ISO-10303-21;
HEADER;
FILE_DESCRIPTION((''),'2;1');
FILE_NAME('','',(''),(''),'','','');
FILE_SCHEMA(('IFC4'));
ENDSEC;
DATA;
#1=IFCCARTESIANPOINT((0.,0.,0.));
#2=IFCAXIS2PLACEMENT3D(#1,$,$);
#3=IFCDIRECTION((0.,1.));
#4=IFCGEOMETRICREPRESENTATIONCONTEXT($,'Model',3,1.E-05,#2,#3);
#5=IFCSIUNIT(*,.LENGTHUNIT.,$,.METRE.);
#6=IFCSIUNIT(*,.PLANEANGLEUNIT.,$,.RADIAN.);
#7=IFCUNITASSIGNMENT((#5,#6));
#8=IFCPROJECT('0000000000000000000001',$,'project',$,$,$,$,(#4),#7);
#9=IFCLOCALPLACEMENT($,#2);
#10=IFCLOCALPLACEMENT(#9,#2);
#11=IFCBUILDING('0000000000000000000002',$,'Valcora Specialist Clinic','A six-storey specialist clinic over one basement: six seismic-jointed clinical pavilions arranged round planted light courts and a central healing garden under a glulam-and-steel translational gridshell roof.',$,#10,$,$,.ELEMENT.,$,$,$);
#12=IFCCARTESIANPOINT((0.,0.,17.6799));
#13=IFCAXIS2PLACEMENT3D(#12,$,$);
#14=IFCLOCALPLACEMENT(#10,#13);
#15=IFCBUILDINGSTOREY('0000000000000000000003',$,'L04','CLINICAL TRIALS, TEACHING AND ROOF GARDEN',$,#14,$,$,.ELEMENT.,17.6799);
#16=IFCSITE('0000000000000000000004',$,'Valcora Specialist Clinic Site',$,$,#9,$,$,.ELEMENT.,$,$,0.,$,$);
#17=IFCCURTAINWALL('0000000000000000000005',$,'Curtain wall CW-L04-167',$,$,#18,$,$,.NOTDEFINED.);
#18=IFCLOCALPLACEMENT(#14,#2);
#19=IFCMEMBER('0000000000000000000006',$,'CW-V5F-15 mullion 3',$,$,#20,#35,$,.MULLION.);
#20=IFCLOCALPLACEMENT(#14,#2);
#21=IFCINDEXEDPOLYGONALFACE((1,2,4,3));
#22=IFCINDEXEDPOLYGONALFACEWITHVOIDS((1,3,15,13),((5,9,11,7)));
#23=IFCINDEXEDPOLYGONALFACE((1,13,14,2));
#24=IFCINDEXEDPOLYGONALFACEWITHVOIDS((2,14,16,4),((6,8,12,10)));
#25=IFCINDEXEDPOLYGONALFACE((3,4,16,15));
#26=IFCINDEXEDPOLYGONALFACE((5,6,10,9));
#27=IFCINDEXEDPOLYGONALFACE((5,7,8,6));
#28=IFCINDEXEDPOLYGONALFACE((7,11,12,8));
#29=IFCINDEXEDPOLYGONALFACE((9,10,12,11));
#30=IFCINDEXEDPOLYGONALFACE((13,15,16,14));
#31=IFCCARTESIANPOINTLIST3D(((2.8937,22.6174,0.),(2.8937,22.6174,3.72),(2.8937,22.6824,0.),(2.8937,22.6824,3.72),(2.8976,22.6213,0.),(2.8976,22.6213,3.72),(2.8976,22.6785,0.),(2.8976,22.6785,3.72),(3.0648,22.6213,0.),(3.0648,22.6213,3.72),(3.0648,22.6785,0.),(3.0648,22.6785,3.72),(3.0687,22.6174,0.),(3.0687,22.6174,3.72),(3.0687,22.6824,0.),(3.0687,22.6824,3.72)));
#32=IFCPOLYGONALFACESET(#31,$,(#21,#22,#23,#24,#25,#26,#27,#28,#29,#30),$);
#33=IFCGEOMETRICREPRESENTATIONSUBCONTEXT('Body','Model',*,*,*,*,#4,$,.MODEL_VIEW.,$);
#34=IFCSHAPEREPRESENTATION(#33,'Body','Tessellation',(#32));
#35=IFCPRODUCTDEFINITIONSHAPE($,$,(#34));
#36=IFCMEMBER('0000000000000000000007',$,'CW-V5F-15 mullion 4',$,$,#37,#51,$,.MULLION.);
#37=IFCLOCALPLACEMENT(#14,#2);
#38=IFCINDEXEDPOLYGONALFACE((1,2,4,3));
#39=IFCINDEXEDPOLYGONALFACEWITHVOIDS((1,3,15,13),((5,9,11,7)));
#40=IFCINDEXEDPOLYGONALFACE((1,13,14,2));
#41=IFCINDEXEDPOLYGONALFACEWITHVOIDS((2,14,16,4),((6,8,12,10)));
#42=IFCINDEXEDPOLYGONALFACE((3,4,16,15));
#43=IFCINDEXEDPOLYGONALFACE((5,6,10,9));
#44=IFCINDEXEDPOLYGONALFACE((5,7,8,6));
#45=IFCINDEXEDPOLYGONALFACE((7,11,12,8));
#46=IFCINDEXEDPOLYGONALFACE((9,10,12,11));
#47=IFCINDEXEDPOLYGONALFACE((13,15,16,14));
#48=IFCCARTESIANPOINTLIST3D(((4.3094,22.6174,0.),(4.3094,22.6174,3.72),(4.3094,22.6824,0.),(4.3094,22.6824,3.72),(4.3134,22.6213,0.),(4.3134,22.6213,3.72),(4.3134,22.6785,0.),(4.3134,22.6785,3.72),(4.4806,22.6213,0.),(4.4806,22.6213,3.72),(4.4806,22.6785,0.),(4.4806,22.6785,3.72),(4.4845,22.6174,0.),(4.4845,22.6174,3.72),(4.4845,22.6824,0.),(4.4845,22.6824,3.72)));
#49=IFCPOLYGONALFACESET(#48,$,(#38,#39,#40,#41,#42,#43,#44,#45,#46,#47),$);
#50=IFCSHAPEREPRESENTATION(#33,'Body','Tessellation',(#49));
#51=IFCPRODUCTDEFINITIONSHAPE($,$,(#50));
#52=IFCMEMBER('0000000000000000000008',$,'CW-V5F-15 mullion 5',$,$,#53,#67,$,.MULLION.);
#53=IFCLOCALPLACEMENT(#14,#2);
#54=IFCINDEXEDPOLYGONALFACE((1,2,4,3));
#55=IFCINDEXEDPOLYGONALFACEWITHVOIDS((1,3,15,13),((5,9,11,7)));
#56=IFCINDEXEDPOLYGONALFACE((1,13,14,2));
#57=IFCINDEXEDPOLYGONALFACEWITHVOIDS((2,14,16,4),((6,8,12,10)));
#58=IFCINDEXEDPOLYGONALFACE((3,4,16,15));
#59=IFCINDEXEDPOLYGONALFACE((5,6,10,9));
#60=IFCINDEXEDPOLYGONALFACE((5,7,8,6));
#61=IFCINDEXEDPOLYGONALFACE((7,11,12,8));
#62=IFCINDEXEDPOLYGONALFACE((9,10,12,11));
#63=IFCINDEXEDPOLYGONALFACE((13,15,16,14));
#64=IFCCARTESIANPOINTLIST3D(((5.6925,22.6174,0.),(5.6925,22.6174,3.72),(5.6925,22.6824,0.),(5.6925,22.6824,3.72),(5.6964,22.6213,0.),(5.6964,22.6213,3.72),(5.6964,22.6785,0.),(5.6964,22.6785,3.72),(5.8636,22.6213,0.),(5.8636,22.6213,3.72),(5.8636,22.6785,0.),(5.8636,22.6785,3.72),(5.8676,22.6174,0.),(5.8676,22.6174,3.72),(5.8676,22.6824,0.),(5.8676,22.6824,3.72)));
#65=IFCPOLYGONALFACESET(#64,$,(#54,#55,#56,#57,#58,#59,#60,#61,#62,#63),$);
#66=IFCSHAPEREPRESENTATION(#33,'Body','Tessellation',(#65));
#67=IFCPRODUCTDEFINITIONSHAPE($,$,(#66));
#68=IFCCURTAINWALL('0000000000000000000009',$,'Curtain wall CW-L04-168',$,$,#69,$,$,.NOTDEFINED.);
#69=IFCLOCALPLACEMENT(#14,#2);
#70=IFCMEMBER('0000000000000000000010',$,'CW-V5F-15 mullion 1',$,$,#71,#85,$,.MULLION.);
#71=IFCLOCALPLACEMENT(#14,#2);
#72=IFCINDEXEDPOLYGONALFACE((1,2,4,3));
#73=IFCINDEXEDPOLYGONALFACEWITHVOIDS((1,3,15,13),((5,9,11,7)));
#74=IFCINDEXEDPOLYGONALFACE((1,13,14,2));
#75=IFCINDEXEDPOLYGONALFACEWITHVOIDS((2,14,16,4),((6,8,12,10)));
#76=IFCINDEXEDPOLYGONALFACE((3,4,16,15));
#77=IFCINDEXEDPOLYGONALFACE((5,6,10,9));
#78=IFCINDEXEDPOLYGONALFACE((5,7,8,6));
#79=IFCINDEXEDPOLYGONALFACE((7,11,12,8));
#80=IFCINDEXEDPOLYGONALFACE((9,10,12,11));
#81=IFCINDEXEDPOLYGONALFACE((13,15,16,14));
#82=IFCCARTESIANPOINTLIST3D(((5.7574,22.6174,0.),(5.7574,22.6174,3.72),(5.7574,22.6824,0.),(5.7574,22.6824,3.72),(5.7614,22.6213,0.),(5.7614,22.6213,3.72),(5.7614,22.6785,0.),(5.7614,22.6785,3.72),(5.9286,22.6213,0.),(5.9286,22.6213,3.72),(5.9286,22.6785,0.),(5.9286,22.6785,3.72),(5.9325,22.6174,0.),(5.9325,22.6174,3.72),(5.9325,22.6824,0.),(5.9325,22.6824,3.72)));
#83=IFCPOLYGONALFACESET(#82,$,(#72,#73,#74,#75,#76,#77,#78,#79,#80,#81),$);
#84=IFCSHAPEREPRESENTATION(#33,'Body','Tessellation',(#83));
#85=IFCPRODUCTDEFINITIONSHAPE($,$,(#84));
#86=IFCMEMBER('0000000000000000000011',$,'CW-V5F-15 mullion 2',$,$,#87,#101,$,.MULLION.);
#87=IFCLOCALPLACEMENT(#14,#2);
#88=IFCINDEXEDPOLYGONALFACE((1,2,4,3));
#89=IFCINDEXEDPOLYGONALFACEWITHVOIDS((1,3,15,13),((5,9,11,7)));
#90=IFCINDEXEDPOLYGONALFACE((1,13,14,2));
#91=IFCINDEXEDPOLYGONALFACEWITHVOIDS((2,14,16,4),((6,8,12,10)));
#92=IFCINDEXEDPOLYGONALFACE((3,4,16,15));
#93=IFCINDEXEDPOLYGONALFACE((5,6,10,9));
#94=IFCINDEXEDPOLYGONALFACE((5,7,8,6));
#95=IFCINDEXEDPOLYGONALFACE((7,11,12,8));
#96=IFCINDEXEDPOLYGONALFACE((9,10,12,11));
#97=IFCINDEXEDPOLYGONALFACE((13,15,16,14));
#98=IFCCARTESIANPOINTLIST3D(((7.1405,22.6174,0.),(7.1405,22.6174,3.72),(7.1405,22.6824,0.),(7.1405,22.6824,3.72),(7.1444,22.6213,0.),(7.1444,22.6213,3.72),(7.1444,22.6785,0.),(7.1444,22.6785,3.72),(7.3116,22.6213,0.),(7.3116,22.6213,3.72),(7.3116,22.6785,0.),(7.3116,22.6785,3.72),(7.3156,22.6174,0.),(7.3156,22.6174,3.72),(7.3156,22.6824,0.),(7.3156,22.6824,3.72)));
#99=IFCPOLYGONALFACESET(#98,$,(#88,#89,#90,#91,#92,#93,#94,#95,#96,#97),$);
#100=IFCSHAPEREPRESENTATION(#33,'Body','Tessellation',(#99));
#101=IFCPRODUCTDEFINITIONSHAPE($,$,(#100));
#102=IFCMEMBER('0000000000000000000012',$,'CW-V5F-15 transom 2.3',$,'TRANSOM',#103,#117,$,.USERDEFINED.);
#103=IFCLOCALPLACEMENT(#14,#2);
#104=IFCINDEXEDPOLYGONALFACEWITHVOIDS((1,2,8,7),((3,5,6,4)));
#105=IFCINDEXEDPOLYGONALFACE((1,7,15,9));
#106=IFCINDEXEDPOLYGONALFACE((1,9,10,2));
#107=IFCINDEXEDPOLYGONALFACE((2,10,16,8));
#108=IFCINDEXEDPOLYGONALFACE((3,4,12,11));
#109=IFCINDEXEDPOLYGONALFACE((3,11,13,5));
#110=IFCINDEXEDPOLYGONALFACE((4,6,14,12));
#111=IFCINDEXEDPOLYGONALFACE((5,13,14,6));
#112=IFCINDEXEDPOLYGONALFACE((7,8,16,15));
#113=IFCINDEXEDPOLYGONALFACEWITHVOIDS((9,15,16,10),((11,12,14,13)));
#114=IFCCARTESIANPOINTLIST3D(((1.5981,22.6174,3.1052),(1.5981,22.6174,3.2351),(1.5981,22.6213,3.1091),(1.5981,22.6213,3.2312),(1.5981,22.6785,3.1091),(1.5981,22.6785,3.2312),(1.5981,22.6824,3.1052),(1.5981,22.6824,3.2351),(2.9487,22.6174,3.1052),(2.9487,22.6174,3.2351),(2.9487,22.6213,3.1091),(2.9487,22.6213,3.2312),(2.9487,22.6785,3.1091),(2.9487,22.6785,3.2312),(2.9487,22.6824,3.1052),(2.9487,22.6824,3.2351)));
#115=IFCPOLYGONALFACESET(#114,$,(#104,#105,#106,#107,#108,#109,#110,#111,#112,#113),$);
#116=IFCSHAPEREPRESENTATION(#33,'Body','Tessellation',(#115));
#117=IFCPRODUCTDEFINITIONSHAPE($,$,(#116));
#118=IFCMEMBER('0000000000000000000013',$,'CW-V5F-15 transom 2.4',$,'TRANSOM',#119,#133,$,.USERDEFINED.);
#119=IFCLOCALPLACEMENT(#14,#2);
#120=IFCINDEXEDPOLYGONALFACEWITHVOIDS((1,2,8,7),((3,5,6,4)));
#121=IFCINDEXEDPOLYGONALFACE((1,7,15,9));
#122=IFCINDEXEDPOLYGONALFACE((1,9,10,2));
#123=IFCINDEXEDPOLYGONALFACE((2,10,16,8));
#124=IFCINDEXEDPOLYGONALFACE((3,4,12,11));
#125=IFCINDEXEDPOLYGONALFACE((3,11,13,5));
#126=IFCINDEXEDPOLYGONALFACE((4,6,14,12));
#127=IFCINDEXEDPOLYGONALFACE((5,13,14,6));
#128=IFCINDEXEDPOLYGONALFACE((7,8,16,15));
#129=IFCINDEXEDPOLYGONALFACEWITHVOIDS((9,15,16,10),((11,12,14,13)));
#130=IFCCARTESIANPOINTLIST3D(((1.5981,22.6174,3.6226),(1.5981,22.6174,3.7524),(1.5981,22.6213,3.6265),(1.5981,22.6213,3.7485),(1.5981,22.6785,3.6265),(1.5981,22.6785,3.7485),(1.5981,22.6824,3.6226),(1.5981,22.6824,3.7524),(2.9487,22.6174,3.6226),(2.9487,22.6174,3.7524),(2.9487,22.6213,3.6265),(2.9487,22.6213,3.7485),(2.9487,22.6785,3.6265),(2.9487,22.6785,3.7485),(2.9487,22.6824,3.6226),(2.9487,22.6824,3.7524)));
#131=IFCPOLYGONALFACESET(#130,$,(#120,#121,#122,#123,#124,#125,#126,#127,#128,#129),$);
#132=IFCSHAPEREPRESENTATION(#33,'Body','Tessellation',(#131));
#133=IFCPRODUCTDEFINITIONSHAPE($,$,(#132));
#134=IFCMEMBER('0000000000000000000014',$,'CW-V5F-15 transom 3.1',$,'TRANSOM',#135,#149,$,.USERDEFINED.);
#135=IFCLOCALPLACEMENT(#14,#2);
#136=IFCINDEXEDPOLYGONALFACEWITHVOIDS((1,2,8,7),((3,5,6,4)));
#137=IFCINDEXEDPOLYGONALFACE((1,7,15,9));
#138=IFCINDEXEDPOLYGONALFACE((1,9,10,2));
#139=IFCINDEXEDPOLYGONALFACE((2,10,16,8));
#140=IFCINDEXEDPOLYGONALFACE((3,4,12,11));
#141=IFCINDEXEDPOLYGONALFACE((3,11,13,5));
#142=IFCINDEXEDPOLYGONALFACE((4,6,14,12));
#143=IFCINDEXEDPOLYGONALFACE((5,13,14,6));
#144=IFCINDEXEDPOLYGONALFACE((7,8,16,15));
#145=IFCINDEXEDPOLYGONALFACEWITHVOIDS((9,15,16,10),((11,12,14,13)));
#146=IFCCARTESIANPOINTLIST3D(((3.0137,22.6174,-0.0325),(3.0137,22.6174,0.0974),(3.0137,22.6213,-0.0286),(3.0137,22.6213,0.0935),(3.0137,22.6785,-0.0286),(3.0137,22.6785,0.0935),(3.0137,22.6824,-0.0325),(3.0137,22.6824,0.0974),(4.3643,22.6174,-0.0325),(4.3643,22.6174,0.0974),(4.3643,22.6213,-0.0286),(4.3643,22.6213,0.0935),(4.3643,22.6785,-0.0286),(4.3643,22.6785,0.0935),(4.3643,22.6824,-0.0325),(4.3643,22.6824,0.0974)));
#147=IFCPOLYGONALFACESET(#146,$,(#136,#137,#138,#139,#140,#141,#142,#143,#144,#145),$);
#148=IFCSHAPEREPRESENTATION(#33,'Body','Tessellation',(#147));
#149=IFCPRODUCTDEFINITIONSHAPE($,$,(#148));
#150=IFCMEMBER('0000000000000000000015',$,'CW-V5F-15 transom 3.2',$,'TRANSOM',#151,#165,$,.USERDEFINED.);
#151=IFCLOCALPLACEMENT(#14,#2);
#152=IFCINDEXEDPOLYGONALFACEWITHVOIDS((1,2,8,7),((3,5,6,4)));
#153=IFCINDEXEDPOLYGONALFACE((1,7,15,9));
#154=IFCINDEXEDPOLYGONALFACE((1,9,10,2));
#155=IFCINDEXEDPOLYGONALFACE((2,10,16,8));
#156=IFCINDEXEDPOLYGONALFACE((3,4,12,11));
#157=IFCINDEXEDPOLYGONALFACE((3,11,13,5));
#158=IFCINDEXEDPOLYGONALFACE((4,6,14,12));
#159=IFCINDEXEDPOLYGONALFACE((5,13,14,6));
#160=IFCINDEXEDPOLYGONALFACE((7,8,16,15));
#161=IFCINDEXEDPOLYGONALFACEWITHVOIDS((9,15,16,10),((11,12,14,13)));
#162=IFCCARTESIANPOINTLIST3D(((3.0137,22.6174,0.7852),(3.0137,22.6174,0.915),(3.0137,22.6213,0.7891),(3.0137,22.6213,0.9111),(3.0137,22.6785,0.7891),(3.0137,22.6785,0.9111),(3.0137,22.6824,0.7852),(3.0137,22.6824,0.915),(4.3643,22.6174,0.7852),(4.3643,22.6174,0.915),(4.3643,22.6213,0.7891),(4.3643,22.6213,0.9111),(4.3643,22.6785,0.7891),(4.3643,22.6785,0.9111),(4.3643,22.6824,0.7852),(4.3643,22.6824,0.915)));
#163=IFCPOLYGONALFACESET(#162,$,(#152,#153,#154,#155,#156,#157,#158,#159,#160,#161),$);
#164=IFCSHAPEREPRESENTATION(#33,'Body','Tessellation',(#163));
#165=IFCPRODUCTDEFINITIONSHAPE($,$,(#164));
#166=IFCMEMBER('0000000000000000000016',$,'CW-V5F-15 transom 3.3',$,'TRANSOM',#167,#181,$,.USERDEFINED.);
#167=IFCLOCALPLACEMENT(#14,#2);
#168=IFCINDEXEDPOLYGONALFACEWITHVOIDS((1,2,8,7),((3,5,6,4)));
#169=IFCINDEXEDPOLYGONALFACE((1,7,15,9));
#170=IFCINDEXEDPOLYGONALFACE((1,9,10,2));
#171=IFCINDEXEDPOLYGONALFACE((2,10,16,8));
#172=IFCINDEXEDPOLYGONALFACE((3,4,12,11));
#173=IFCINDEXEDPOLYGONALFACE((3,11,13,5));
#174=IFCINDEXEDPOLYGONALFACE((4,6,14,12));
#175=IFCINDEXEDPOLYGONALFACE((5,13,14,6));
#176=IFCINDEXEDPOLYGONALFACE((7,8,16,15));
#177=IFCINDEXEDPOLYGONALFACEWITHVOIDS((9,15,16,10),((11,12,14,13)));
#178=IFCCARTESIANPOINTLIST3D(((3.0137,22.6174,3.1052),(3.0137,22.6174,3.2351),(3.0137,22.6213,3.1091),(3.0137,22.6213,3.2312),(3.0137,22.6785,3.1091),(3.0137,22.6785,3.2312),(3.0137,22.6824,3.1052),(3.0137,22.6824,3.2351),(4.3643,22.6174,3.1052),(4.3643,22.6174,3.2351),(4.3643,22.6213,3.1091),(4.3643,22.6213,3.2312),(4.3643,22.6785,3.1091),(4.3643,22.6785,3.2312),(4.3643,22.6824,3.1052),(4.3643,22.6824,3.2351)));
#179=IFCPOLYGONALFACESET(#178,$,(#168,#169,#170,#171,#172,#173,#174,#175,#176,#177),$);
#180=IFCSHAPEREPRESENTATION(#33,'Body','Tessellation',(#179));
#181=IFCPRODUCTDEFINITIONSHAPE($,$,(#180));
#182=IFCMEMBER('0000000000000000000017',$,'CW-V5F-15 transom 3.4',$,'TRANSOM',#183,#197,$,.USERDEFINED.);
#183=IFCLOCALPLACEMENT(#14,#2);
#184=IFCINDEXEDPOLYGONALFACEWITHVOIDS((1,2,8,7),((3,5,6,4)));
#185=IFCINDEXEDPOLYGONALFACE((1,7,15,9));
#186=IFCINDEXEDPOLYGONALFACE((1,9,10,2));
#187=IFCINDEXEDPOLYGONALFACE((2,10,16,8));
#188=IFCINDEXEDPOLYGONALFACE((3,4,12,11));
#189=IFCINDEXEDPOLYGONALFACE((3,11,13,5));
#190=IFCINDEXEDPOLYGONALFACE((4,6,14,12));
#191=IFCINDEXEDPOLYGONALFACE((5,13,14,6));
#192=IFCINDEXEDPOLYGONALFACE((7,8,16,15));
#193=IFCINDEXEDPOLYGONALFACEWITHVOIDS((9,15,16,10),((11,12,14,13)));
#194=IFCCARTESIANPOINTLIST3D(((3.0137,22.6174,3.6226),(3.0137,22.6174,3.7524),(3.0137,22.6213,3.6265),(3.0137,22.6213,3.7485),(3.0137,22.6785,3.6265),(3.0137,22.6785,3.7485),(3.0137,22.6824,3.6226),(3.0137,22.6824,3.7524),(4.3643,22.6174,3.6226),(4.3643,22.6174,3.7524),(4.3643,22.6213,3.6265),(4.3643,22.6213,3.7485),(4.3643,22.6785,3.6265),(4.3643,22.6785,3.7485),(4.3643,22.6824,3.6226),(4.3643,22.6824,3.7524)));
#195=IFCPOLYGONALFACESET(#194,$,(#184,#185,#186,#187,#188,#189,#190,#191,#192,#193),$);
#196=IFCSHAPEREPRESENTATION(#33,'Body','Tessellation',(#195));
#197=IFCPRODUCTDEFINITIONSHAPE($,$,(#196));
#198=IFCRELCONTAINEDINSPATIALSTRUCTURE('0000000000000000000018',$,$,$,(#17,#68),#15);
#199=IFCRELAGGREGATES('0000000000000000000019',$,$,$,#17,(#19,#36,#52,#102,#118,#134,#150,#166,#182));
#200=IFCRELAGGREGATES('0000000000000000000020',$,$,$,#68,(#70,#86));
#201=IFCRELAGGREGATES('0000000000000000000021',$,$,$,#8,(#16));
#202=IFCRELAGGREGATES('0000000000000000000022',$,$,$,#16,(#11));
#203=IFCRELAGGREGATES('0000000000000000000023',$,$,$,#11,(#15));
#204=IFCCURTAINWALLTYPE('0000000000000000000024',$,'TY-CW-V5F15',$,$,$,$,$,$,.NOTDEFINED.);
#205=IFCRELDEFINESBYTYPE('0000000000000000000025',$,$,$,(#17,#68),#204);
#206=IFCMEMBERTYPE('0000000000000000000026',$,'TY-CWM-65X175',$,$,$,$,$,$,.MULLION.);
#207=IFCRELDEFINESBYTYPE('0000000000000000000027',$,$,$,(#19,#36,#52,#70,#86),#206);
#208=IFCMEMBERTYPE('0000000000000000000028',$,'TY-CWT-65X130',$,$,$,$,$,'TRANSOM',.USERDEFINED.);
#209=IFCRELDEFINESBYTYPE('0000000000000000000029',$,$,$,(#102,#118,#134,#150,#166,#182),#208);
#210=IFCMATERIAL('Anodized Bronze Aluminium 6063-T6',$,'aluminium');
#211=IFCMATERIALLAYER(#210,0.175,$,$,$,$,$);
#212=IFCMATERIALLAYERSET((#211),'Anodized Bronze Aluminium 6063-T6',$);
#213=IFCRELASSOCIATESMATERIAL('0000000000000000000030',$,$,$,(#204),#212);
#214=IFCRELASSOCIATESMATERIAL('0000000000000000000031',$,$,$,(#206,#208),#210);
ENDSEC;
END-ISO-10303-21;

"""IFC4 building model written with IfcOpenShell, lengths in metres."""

from ifc_helpers import new_model, si_unit, direction, frame, origin, origin_2d, place, context, subcontext, project, spatial, hollow_rectangle, extrude, material, layer, layer_set, material_profile, profile_set, type_object, element, aggregate, save


model = new_model("IFC4")

# Units and contexts
model_context = context("Model", 3, precision=1e-05, world=origin(), true_north=direction((0.0, 1.0)))
body_context = subcontext(model_context, "Body", "Model", "MODEL_VIEW")
ifc_project = project(units=[si_unit("LENGTHUNIT", "METRE"), si_unit("PLANEANGLEUNIT", "RADIAN")], contexts=[model_context])

# Site, building, storey
site_placement = place(None, origin())
site = spatial("IfcSite", under=ifc_project, at=site_placement, Name="Valcora Specialist Clinic Site", CompositionType="ELEMENT", RefElevation=0.0)
building_placement = place(site_placement, origin())
building = spatial("IfcBuilding", under=site, at=building_placement, Name="Valcora Specialist Clinic", Description="A six-storey specialist clinic over one basement: six seismic-jointed clinical pavilions arranged round planted light courts and a central healing garden under a glulam-and-steel translational gridshell roof.", CompositionType="ELEMENT")
storey_placement = place(building_placement, frame((0.0, 0.0, 17.6799)))
storey = spatial("IfcBuildingStorey", under=building, at=storey_placement, Name="L04", Description="CLINICAL TRIALS, TEACHING AND ROOF GARDEN", CompositionType="ELEMENT", Elevation=17.6799)

# Curtain walls, members
ifc_material_1 = material(Name="Anodized Bronze Aluminium 6063-T6", Category="aluminium")
ifc_layer_1 = layer(ifc_material_1, 0.175)
ifc_layer_set_1 = layer_set([ifc_layer_1], Name="Anodized Bronze Aluminium 6063-T6")
curtain_wall_type = type_object("IfcCurtainWallType", Name="TY-CW-V5F15", PredefinedType="NOTDEFINED", material=ifc_layer_set_1)
curtain_wall_1_placement = place(storey_placement, origin())
curtain_wall_1 = element("IfcCurtainWall", 1, at=curtain_wall_1_placement, inside=storey, type_object=curtain_wall_type, Name="Curtain wall CW-L04-167", PredefinedType="NOTDEFINED")
ifc_material_profile_1 = material_profile(ifc_material_1, hollow_rectangle(XDim=0.0649, YDim=0.175, WallThickness=0.0039, at=origin_2d()), Name="AL-MUL-65X175")
ifc_profile_set_1 = profile_set([ifc_material_profile_1], Name="Anodized Bronze Aluminium 6063-T6")
member_type_1 = type_object("IfcMemberType", Name="TY-CWM-65X175", PredefinedType="MULLION", material=ifc_profile_set_1)
member_1_placement = place(storey_placement, frame((2.9812, 22.6499, 0.0), z_axis=(0.0, 0.0, 1.0), x_axis=(0.0, 1.0, 0.0)))
member_1 = element("IfcMember", 2, at=member_1_placement, type_object=member_type_1, Name="CW-V5F-15 mullion 3", PredefinedType="MULLION", context=body_context, shape_type="SweptSolid", body=[
    extrude(hollow_rectangle(XDim=0.0649, YDim=0.175, WallThickness=0.0039, at=origin_2d()), origin(), (0.0, 0.0, 1.0), 3.72),
])
member_2_placement = place(storey_placement, frame((4.397, 22.6499, 0.0), z_axis=(0.0, 0.0, 1.0), x_axis=(0.0, 1.0, 0.0)))
member_2 = element("IfcMember", 3, at=member_2_placement, type_object=member_type_1, Name="CW-V5F-15 mullion 4", PredefinedType="MULLION", context=body_context, shape_type="SweptSolid", body=[
    extrude(hollow_rectangle(XDim=0.0649, YDim=0.175, WallThickness=0.0039, at=origin_2d()), origin(), (0.0, 0.0, 1.0), 3.72),
])
member_3_placement = place(storey_placement, frame((5.78, 22.6499, 0.0), z_axis=(0.0, 0.0, 1.0), x_axis=(0.0, 1.0, 0.0)))
member_3 = element("IfcMember", 4, at=member_3_placement, type_object=member_type_1, Name="CW-V5F-15 mullion 5", PredefinedType="MULLION", context=body_context, shape_type="SweptSolid", body=[
    extrude(hollow_rectangle(XDim=0.0649, YDim=0.175, WallThickness=0.0039, at=origin_2d()), origin(), (0.0, 0.0, 1.0), 3.72),
])
curtain_wall_2_placement = place(storey_placement, origin())
curtain_wall_2 = element("IfcCurtainWall", 5, at=curtain_wall_2_placement, inside=storey, type_object=curtain_wall_type, Name="Curtain wall CW-L04-168", PredefinedType="NOTDEFINED")
member_4_placement = place(storey_placement, frame((5.845, 22.6499, 0.0), z_axis=(0.0, 0.0, 1.0), x_axis=(0.0, 1.0, 0.0)))
member_4 = element("IfcMember", 6, at=member_4_placement, type_object=member_type_1, Name="CW-V5F-15 mullion 1", PredefinedType="MULLION", context=body_context, shape_type="SweptSolid", body=[
    extrude(hollow_rectangle(XDim=0.0649, YDim=0.175, WallThickness=0.0039, at=origin_2d()), origin(), (0.0, 0.0, 1.0), 3.72),
])
member_5_placement = place(storey_placement, frame((7.228, 22.6499, 0.0), z_axis=(0.0, 0.0, 1.0), x_axis=(0.0, 1.0, 0.0)))
member_5 = element("IfcMember", 7, at=member_5_placement, type_object=member_type_1, Name="CW-V5F-15 mullion 2", PredefinedType="MULLION", context=body_context, shape_type="SweptSolid", body=[
    extrude(hollow_rectangle(XDim=0.0649, YDim=0.175, WallThickness=0.0039, at=origin_2d()), origin(), (0.0, 0.0, 1.0), 3.72),
])

# Members
ifc_material_profile_2 = material_profile(ifc_material_1, hollow_rectangle(XDim=0.0649, YDim=0.1299, WallThickness=0.0039, at=origin_2d()), Name="AL-TRN-65X130")
ifc_profile_set_2 = profile_set([ifc_material_profile_2], Name="Anodized Bronze Aluminium 6063-T6")
member_type_2 = type_object("IfcMemberType", Name="TY-CWT-65X130", ElementType="TRANSOM", PredefinedType="USERDEFINED", material=ifc_profile_set_2)
member_6_placement = place(storey_placement, frame((1.5981, 22.6499, 3.1702), z_axis=(1.0, 0.0, 0.0), x_axis=(0.0, 1.0, 0.0)))
member_6 = element("IfcMember", 8, at=member_6_placement, type_object=member_type_2, Name="CW-V5F-15 transom 2.3", ObjectType="TRANSOM", PredefinedType="USERDEFINED", context=body_context, shape_type="SweptSolid", body=[
    extrude(hollow_rectangle(XDim=0.0649, YDim=0.1299, WallThickness=0.0039, at=origin_2d()), origin(), (0.0, 0.0, 1.0), 1.3506),
])
member_7_placement = place(storey_placement, frame((1.5981, 22.6499, 3.6875), z_axis=(1.0, 0.0, 0.0), x_axis=(0.0, 1.0, 0.0)))
member_7 = element("IfcMember", 9, at=member_7_placement, type_object=member_type_2, Name="CW-V5F-15 transom 2.4", ObjectType="TRANSOM", PredefinedType="USERDEFINED", context=body_context, shape_type="SweptSolid", body=[
    extrude(hollow_rectangle(XDim=0.0649, YDim=0.1299, WallThickness=0.0039, at=origin_2d()), origin(), (0.0, 0.0, 1.0), 1.3506),
])
member_8_placement = place(storey_placement, frame((3.0137, 22.6499, 0.0325), z_axis=(1.0, 0.0, 0.0), x_axis=(0.0, 1.0, 0.0)))
member_8 = element("IfcMember", 10, at=member_8_placement, type_object=member_type_2, Name="CW-V5F-15 transom 3.1", ObjectType="TRANSOM", PredefinedType="USERDEFINED", context=body_context, shape_type="SweptSolid", body=[
    extrude(hollow_rectangle(XDim=0.0649, YDim=0.1299, WallThickness=0.0039, at=origin_2d()), origin(), (0.0, 0.0, 1.0), 1.3506),
])
member_9_placement = place(storey_placement, frame((3.0137, 22.6499, 0.8501), z_axis=(1.0, 0.0, 0.0), x_axis=(0.0, 1.0, 0.0)))
member_9 = element("IfcMember", 11, at=member_9_placement, type_object=member_type_2, Name="CW-V5F-15 transom 3.2", ObjectType="TRANSOM", PredefinedType="USERDEFINED", context=body_context, shape_type="SweptSolid", body=[
    extrude(hollow_rectangle(XDim=0.0649, YDim=0.1299, WallThickness=0.0039, at=origin_2d()), origin(), (0.0, 0.0, 1.0), 1.3506),
])
member_10_placement = place(storey_placement, frame((3.0137, 22.6499, 3.1702), z_axis=(1.0, 0.0, 0.0), x_axis=(0.0, 1.0, 0.0)))
member_10 = element("IfcMember", 12, at=member_10_placement, type_object=member_type_2, Name="CW-V5F-15 transom 3.3", ObjectType="TRANSOM", PredefinedType="USERDEFINED", context=body_context, shape_type="SweptSolid", body=[
    extrude(hollow_rectangle(XDim=0.0649, YDim=0.1299, WallThickness=0.0039, at=origin_2d()), origin(), (0.0, 0.0, 1.0), 1.3506),
])
member_11_placement = place(storey_placement, frame((3.0137, 22.6499, 3.6875), z_axis=(1.0, 0.0, 0.0), x_axis=(0.0, 1.0, 0.0)))
member_11 = element("IfcMember", 13, at=member_11_placement, type_object=member_type_2, Name="CW-V5F-15 transom 3.4", ObjectType="TRANSOM", PredefinedType="USERDEFINED", context=body_context, shape_type="SweptSolid", body=[
    extrude(hollow_rectangle(XDim=0.0649, YDim=0.1299, WallThickness=0.0039, at=origin_2d()), origin(), (0.0, 0.0, 1.0), 1.3506),
])

aggregate(curtain_wall_1, [member_1, member_2, member_3, member_6, member_7, member_8, member_9, member_10, member_11])
aggregate(curtain_wall_2, [member_4, member_5])

save(model, "model.ifc")
